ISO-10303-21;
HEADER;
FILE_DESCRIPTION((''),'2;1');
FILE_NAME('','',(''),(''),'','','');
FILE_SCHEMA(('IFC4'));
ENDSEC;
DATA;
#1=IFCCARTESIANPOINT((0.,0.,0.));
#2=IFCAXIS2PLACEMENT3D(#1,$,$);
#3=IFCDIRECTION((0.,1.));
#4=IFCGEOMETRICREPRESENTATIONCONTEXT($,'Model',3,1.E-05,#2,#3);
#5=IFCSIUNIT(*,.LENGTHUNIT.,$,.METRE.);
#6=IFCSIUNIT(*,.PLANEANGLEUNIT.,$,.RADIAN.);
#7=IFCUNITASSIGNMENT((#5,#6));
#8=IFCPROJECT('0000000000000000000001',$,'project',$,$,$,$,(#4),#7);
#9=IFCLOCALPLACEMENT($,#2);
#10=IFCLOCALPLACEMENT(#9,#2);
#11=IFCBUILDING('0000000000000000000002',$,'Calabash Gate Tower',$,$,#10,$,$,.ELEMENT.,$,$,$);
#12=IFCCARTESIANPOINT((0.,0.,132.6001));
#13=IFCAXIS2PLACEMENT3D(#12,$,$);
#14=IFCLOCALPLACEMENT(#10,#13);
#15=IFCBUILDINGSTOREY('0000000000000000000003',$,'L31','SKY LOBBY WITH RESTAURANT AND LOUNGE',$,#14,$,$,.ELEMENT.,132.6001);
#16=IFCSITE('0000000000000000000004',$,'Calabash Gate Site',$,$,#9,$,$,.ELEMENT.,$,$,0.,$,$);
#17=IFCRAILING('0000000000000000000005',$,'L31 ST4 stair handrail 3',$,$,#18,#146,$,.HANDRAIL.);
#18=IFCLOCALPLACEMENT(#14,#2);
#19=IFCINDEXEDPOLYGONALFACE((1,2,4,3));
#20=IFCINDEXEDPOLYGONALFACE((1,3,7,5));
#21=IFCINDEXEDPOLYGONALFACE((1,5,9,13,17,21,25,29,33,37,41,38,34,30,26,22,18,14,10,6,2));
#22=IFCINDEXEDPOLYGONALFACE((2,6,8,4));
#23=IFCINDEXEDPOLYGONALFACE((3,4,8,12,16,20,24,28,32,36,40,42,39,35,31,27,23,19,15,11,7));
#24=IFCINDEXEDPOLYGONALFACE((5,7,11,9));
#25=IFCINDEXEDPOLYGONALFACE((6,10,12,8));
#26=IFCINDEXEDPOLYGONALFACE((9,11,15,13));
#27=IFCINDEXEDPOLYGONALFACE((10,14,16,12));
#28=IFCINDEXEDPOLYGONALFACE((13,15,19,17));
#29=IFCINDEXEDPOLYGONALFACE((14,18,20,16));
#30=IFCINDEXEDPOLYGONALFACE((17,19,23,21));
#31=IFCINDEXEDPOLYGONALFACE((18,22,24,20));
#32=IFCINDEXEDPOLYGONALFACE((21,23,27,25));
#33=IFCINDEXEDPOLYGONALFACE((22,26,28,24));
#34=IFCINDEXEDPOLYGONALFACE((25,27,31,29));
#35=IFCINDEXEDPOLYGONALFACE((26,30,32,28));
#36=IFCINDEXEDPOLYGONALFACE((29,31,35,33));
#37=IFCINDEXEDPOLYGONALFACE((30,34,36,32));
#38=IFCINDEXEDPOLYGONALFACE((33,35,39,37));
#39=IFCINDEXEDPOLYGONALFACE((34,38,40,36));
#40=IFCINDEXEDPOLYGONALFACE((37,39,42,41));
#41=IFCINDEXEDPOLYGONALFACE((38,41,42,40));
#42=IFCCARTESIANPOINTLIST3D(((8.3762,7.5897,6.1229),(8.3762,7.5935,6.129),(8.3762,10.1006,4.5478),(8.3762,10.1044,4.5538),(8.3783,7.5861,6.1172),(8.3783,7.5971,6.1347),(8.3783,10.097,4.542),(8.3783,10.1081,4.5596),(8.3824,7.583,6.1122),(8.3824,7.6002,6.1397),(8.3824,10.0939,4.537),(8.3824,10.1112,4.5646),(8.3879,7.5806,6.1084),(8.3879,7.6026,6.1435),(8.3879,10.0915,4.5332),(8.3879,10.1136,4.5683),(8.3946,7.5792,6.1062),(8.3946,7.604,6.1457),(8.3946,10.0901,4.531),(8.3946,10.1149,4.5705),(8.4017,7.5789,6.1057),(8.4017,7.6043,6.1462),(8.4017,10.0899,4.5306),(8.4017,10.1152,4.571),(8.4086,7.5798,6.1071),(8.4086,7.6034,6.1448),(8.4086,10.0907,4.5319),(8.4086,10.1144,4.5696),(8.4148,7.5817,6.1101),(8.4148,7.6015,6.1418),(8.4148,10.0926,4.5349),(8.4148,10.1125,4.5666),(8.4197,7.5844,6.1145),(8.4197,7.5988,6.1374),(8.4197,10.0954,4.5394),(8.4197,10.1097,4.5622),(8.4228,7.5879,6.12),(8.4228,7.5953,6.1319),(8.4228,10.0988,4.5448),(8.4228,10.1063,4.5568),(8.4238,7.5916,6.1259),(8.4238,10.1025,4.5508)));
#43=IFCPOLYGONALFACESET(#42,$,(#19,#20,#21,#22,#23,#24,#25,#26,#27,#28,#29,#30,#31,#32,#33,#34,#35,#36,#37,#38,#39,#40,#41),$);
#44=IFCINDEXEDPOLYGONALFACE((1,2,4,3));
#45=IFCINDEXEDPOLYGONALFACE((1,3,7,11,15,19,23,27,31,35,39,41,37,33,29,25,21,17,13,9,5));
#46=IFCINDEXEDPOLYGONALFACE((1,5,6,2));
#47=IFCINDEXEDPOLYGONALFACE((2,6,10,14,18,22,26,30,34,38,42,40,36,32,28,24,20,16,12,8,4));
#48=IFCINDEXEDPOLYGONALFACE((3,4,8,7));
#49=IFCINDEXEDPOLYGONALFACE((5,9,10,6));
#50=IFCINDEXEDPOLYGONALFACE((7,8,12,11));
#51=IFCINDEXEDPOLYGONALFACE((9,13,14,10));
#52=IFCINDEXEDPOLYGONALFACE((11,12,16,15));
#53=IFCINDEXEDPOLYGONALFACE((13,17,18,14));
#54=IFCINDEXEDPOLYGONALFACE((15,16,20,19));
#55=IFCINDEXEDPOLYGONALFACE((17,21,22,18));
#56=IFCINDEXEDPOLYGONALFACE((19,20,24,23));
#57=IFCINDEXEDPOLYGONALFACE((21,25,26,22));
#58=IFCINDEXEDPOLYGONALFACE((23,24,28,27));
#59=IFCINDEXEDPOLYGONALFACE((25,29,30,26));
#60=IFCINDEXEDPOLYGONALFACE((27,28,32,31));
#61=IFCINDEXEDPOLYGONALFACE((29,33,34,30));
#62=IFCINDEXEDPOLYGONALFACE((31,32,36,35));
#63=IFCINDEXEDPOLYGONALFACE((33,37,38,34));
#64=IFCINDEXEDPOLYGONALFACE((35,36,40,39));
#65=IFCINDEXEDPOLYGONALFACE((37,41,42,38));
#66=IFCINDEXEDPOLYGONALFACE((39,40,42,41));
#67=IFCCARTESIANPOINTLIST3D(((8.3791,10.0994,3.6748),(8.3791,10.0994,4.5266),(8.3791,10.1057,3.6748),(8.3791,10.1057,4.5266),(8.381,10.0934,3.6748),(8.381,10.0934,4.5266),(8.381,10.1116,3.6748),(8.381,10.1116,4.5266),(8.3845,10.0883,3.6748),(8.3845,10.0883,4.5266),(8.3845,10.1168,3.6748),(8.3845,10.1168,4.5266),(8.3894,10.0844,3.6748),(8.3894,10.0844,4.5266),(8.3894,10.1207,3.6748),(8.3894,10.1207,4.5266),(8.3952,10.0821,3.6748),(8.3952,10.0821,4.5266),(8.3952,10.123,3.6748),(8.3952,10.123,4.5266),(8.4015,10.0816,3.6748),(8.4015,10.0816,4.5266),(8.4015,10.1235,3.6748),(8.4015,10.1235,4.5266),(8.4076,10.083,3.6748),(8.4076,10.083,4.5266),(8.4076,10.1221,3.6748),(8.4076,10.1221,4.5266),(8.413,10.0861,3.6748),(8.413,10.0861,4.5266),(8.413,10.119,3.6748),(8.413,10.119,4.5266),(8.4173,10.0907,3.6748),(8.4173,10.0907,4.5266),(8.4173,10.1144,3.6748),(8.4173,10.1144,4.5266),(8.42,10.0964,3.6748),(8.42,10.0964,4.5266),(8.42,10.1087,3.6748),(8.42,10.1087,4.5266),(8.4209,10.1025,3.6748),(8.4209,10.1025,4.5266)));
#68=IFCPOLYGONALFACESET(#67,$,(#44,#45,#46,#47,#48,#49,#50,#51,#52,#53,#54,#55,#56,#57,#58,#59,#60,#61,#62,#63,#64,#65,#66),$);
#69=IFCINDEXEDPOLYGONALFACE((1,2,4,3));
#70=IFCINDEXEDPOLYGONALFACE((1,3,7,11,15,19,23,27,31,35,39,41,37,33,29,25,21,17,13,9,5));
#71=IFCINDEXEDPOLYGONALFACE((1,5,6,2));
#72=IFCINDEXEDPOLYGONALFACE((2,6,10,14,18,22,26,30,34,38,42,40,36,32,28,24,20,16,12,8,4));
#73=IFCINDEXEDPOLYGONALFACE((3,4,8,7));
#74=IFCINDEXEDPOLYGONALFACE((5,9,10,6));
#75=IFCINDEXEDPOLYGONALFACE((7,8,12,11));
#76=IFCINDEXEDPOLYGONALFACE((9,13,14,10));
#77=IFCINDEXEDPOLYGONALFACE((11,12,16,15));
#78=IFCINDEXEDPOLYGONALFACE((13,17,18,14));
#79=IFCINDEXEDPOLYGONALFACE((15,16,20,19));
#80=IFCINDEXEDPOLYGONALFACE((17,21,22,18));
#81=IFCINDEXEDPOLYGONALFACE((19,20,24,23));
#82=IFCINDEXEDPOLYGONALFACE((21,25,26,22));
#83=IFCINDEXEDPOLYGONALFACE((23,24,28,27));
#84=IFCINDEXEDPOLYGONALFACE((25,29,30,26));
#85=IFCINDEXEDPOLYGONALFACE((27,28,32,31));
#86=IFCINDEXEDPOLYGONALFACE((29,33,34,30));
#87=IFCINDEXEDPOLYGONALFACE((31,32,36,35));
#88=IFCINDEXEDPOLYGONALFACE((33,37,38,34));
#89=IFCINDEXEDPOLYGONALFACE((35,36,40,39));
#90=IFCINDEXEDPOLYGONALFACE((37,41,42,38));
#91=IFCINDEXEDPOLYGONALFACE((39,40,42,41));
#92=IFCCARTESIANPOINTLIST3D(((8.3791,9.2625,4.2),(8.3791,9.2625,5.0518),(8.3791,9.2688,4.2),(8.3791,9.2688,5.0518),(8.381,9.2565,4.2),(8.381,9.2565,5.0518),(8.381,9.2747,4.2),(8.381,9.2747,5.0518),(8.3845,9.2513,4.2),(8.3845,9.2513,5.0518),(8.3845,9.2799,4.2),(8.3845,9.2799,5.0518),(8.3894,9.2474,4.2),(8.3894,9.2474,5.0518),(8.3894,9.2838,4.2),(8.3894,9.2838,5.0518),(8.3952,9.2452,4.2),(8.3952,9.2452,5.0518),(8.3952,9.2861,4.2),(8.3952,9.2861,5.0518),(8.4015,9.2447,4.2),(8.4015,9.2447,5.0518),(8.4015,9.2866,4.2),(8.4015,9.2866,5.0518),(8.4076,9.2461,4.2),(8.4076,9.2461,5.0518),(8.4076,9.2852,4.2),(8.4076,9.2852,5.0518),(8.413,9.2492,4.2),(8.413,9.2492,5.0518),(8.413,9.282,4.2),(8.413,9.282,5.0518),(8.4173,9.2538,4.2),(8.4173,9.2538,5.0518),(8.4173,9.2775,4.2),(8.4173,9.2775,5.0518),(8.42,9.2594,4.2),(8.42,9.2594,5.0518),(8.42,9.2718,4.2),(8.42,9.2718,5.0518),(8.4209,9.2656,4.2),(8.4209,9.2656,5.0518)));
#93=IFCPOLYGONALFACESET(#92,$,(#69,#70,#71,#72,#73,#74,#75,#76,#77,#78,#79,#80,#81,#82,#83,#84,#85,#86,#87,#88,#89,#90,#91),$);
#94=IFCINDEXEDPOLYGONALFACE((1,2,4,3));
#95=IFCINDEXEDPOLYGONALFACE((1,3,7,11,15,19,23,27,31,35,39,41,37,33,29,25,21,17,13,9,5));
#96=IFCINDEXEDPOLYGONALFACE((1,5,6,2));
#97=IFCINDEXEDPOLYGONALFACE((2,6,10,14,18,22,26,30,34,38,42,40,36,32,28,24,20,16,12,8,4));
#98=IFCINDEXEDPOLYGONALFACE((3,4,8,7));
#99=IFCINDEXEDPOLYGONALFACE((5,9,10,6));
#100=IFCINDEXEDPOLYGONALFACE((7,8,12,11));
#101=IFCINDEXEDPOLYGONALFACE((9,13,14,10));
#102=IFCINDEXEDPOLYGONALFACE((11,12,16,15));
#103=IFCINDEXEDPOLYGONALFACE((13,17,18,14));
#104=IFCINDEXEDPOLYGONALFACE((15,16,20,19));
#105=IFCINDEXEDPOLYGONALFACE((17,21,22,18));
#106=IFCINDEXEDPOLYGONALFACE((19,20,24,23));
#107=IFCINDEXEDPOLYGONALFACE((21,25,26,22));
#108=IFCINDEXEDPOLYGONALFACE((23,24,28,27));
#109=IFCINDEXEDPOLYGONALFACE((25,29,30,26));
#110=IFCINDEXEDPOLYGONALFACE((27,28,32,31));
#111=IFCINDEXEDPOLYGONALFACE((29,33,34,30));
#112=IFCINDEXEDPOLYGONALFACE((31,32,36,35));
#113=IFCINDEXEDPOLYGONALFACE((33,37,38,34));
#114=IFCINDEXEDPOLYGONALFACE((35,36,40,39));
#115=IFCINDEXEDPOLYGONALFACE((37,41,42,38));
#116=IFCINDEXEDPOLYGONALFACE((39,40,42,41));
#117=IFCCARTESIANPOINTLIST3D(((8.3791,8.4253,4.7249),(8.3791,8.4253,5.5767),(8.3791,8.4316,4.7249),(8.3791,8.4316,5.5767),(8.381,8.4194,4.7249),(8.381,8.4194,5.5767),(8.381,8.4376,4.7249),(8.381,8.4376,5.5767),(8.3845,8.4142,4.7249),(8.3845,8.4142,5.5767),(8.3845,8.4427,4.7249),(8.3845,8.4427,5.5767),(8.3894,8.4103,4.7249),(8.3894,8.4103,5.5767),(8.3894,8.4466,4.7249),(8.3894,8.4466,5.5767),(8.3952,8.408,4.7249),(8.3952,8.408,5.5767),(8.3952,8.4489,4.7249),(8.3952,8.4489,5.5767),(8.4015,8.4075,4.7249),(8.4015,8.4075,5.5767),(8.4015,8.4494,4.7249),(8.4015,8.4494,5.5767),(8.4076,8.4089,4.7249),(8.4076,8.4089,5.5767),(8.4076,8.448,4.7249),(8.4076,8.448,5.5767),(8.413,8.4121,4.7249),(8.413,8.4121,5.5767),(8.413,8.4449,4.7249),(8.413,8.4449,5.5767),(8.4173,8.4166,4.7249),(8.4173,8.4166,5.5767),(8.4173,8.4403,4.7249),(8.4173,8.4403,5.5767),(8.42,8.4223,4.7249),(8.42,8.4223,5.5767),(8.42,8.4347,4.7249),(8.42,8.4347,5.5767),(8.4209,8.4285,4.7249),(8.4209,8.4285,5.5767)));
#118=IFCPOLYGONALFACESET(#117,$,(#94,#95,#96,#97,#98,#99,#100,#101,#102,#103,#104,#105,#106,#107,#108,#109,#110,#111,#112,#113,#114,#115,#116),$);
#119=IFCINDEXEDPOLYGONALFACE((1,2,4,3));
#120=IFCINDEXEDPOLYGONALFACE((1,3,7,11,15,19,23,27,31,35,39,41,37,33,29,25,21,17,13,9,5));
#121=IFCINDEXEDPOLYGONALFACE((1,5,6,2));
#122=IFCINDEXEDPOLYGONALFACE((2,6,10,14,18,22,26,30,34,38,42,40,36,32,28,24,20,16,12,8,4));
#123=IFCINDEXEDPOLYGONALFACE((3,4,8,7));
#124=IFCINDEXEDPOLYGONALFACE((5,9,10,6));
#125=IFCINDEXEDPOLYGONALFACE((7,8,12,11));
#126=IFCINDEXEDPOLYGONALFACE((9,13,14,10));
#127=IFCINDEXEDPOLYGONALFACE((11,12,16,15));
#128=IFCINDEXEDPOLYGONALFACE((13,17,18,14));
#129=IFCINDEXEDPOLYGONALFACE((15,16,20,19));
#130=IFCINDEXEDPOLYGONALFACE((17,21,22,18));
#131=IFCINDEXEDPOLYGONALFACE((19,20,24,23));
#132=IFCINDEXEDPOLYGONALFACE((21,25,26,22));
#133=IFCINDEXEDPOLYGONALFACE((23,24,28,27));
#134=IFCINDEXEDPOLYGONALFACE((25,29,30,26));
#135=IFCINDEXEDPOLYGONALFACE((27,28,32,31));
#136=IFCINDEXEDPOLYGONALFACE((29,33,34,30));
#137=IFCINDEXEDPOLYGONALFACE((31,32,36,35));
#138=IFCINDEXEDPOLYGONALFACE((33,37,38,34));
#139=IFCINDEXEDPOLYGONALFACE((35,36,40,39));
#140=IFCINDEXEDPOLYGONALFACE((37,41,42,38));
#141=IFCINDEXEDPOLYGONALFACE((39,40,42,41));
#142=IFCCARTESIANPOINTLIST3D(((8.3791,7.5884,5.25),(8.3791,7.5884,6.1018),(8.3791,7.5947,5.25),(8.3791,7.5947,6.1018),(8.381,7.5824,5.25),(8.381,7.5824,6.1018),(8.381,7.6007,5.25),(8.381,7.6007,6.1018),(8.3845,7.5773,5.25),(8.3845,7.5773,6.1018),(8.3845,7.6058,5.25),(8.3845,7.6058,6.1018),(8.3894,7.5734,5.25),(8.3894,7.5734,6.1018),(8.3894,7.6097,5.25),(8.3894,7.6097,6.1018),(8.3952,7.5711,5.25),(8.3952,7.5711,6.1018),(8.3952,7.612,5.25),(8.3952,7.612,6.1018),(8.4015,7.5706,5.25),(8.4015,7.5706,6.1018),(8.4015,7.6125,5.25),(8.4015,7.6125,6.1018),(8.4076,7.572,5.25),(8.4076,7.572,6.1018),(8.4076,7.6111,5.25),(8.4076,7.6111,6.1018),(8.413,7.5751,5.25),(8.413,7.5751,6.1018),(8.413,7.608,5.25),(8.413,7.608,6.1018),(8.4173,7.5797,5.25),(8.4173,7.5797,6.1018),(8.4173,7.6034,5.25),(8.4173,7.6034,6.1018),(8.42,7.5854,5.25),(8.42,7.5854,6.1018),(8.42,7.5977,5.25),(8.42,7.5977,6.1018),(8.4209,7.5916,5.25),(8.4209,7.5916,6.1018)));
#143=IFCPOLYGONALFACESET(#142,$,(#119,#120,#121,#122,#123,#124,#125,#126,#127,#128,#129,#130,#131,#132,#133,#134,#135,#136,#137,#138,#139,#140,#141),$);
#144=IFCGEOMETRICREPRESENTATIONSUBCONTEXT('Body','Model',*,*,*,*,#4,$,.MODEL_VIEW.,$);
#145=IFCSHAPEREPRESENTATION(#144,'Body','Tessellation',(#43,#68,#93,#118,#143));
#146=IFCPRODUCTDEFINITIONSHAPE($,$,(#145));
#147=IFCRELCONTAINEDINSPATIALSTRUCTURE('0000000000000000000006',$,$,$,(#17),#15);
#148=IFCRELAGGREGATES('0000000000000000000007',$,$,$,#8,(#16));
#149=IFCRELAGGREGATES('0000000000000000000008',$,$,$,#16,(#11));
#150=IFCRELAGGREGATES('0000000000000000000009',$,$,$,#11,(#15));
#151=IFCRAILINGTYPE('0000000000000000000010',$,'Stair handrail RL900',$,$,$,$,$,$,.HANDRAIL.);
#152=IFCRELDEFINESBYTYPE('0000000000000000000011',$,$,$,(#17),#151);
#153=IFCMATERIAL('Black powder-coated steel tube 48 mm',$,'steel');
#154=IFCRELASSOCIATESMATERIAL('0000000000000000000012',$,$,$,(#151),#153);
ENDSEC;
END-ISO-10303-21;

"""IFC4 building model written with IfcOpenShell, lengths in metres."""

from ifc_helpers import new_model, si_unit, direction, frame, origin, origin_2d, place, context, subcontext, project, spatial, circle, extrude, material, type_object, element, save


model = new_model("IFC4")

# Units and contexts
model_context = context("Model", 3, precision=1e-05, world=origin(), true_north=direction((0.0, 1.0)))
body_context = subcontext(model_context, "Body", "Model", "MODEL_VIEW")
ifc_project = project(units=[si_unit("LENGTHUNIT", "METRE"), si_unit("PLANEANGLEUNIT", "RADIAN")], contexts=[model_context])

# Site, building, storey
site_placement = place(None, origin())
site = spatial("IfcSite", under=ifc_project, at=site_placement, Name="Calabash Gate Site", CompositionType="ELEMENT", RefElevation=0.0)
building_placement = place(site_placement, origin())
building = spatial("IfcBuilding", under=site, at=building_placement, Name="Calabash Gate Tower", CompositionType="ELEMENT")
storey_placement = place(building_placement, frame((0.0, 0.0, 132.6001)))
storey = spatial("IfcBuildingStorey", under=building, at=storey_placement, Name="L31", Description="SKY LOBBY WITH RESTAURANT AND LOUNGE", CompositionType="ELEMENT", Elevation=132.6001)

# Railing
ifc_material_1 = material(Name="Black powder-coated steel tube 48 mm", Category="steel")
railing_type_1 = type_object("IfcRailingType", Name="Stair handrail RL900", PredefinedType="HANDRAIL", material=ifc_material_1)
railing_1_placement = place(storey_placement, frame((8.3999, 10.1025, 3.6748)))
element("IfcRailing", 1, at=railing_1_placement, inside=storey, type_object=railing_type_1, Name="L31 ST4 stair handrail 3", PredefinedType="HANDRAIL", context=body_context, shape_type="SweptSolid", body=[
    extrude(circle(Radius=0.0239, at=origin_2d()), frame((0.0, 0.0, 0.876), z_axis=(0.0, -0.847113, 0.531412), x_axis=(1.0, 0.0, 0.0)), (0.0, 0.0, 1.0), 2.9641),
    extrude(circle(Radius=0.021, at=origin_2d()), origin(), (0.0, 0.0, 1.0), 0.8518),
    extrude(circle(Radius=0.021, at=origin_2d()), frame((0.0, -0.8369, 0.5251)), (0.0, 0.0, 1.0), 0.8518),
    extrude(circle(Radius=0.021, at=origin_2d()), frame((0.0, -1.6741, 1.05)), (0.0, 0.0, 1.0), 0.8518),
    extrude(circle(Radius=0.021, at=origin_2d()), frame((0.0, -2.511, 1.5752)), (0.0, 0.0, 1.0), 0.8518),
])

save(model, "model.ifc")
